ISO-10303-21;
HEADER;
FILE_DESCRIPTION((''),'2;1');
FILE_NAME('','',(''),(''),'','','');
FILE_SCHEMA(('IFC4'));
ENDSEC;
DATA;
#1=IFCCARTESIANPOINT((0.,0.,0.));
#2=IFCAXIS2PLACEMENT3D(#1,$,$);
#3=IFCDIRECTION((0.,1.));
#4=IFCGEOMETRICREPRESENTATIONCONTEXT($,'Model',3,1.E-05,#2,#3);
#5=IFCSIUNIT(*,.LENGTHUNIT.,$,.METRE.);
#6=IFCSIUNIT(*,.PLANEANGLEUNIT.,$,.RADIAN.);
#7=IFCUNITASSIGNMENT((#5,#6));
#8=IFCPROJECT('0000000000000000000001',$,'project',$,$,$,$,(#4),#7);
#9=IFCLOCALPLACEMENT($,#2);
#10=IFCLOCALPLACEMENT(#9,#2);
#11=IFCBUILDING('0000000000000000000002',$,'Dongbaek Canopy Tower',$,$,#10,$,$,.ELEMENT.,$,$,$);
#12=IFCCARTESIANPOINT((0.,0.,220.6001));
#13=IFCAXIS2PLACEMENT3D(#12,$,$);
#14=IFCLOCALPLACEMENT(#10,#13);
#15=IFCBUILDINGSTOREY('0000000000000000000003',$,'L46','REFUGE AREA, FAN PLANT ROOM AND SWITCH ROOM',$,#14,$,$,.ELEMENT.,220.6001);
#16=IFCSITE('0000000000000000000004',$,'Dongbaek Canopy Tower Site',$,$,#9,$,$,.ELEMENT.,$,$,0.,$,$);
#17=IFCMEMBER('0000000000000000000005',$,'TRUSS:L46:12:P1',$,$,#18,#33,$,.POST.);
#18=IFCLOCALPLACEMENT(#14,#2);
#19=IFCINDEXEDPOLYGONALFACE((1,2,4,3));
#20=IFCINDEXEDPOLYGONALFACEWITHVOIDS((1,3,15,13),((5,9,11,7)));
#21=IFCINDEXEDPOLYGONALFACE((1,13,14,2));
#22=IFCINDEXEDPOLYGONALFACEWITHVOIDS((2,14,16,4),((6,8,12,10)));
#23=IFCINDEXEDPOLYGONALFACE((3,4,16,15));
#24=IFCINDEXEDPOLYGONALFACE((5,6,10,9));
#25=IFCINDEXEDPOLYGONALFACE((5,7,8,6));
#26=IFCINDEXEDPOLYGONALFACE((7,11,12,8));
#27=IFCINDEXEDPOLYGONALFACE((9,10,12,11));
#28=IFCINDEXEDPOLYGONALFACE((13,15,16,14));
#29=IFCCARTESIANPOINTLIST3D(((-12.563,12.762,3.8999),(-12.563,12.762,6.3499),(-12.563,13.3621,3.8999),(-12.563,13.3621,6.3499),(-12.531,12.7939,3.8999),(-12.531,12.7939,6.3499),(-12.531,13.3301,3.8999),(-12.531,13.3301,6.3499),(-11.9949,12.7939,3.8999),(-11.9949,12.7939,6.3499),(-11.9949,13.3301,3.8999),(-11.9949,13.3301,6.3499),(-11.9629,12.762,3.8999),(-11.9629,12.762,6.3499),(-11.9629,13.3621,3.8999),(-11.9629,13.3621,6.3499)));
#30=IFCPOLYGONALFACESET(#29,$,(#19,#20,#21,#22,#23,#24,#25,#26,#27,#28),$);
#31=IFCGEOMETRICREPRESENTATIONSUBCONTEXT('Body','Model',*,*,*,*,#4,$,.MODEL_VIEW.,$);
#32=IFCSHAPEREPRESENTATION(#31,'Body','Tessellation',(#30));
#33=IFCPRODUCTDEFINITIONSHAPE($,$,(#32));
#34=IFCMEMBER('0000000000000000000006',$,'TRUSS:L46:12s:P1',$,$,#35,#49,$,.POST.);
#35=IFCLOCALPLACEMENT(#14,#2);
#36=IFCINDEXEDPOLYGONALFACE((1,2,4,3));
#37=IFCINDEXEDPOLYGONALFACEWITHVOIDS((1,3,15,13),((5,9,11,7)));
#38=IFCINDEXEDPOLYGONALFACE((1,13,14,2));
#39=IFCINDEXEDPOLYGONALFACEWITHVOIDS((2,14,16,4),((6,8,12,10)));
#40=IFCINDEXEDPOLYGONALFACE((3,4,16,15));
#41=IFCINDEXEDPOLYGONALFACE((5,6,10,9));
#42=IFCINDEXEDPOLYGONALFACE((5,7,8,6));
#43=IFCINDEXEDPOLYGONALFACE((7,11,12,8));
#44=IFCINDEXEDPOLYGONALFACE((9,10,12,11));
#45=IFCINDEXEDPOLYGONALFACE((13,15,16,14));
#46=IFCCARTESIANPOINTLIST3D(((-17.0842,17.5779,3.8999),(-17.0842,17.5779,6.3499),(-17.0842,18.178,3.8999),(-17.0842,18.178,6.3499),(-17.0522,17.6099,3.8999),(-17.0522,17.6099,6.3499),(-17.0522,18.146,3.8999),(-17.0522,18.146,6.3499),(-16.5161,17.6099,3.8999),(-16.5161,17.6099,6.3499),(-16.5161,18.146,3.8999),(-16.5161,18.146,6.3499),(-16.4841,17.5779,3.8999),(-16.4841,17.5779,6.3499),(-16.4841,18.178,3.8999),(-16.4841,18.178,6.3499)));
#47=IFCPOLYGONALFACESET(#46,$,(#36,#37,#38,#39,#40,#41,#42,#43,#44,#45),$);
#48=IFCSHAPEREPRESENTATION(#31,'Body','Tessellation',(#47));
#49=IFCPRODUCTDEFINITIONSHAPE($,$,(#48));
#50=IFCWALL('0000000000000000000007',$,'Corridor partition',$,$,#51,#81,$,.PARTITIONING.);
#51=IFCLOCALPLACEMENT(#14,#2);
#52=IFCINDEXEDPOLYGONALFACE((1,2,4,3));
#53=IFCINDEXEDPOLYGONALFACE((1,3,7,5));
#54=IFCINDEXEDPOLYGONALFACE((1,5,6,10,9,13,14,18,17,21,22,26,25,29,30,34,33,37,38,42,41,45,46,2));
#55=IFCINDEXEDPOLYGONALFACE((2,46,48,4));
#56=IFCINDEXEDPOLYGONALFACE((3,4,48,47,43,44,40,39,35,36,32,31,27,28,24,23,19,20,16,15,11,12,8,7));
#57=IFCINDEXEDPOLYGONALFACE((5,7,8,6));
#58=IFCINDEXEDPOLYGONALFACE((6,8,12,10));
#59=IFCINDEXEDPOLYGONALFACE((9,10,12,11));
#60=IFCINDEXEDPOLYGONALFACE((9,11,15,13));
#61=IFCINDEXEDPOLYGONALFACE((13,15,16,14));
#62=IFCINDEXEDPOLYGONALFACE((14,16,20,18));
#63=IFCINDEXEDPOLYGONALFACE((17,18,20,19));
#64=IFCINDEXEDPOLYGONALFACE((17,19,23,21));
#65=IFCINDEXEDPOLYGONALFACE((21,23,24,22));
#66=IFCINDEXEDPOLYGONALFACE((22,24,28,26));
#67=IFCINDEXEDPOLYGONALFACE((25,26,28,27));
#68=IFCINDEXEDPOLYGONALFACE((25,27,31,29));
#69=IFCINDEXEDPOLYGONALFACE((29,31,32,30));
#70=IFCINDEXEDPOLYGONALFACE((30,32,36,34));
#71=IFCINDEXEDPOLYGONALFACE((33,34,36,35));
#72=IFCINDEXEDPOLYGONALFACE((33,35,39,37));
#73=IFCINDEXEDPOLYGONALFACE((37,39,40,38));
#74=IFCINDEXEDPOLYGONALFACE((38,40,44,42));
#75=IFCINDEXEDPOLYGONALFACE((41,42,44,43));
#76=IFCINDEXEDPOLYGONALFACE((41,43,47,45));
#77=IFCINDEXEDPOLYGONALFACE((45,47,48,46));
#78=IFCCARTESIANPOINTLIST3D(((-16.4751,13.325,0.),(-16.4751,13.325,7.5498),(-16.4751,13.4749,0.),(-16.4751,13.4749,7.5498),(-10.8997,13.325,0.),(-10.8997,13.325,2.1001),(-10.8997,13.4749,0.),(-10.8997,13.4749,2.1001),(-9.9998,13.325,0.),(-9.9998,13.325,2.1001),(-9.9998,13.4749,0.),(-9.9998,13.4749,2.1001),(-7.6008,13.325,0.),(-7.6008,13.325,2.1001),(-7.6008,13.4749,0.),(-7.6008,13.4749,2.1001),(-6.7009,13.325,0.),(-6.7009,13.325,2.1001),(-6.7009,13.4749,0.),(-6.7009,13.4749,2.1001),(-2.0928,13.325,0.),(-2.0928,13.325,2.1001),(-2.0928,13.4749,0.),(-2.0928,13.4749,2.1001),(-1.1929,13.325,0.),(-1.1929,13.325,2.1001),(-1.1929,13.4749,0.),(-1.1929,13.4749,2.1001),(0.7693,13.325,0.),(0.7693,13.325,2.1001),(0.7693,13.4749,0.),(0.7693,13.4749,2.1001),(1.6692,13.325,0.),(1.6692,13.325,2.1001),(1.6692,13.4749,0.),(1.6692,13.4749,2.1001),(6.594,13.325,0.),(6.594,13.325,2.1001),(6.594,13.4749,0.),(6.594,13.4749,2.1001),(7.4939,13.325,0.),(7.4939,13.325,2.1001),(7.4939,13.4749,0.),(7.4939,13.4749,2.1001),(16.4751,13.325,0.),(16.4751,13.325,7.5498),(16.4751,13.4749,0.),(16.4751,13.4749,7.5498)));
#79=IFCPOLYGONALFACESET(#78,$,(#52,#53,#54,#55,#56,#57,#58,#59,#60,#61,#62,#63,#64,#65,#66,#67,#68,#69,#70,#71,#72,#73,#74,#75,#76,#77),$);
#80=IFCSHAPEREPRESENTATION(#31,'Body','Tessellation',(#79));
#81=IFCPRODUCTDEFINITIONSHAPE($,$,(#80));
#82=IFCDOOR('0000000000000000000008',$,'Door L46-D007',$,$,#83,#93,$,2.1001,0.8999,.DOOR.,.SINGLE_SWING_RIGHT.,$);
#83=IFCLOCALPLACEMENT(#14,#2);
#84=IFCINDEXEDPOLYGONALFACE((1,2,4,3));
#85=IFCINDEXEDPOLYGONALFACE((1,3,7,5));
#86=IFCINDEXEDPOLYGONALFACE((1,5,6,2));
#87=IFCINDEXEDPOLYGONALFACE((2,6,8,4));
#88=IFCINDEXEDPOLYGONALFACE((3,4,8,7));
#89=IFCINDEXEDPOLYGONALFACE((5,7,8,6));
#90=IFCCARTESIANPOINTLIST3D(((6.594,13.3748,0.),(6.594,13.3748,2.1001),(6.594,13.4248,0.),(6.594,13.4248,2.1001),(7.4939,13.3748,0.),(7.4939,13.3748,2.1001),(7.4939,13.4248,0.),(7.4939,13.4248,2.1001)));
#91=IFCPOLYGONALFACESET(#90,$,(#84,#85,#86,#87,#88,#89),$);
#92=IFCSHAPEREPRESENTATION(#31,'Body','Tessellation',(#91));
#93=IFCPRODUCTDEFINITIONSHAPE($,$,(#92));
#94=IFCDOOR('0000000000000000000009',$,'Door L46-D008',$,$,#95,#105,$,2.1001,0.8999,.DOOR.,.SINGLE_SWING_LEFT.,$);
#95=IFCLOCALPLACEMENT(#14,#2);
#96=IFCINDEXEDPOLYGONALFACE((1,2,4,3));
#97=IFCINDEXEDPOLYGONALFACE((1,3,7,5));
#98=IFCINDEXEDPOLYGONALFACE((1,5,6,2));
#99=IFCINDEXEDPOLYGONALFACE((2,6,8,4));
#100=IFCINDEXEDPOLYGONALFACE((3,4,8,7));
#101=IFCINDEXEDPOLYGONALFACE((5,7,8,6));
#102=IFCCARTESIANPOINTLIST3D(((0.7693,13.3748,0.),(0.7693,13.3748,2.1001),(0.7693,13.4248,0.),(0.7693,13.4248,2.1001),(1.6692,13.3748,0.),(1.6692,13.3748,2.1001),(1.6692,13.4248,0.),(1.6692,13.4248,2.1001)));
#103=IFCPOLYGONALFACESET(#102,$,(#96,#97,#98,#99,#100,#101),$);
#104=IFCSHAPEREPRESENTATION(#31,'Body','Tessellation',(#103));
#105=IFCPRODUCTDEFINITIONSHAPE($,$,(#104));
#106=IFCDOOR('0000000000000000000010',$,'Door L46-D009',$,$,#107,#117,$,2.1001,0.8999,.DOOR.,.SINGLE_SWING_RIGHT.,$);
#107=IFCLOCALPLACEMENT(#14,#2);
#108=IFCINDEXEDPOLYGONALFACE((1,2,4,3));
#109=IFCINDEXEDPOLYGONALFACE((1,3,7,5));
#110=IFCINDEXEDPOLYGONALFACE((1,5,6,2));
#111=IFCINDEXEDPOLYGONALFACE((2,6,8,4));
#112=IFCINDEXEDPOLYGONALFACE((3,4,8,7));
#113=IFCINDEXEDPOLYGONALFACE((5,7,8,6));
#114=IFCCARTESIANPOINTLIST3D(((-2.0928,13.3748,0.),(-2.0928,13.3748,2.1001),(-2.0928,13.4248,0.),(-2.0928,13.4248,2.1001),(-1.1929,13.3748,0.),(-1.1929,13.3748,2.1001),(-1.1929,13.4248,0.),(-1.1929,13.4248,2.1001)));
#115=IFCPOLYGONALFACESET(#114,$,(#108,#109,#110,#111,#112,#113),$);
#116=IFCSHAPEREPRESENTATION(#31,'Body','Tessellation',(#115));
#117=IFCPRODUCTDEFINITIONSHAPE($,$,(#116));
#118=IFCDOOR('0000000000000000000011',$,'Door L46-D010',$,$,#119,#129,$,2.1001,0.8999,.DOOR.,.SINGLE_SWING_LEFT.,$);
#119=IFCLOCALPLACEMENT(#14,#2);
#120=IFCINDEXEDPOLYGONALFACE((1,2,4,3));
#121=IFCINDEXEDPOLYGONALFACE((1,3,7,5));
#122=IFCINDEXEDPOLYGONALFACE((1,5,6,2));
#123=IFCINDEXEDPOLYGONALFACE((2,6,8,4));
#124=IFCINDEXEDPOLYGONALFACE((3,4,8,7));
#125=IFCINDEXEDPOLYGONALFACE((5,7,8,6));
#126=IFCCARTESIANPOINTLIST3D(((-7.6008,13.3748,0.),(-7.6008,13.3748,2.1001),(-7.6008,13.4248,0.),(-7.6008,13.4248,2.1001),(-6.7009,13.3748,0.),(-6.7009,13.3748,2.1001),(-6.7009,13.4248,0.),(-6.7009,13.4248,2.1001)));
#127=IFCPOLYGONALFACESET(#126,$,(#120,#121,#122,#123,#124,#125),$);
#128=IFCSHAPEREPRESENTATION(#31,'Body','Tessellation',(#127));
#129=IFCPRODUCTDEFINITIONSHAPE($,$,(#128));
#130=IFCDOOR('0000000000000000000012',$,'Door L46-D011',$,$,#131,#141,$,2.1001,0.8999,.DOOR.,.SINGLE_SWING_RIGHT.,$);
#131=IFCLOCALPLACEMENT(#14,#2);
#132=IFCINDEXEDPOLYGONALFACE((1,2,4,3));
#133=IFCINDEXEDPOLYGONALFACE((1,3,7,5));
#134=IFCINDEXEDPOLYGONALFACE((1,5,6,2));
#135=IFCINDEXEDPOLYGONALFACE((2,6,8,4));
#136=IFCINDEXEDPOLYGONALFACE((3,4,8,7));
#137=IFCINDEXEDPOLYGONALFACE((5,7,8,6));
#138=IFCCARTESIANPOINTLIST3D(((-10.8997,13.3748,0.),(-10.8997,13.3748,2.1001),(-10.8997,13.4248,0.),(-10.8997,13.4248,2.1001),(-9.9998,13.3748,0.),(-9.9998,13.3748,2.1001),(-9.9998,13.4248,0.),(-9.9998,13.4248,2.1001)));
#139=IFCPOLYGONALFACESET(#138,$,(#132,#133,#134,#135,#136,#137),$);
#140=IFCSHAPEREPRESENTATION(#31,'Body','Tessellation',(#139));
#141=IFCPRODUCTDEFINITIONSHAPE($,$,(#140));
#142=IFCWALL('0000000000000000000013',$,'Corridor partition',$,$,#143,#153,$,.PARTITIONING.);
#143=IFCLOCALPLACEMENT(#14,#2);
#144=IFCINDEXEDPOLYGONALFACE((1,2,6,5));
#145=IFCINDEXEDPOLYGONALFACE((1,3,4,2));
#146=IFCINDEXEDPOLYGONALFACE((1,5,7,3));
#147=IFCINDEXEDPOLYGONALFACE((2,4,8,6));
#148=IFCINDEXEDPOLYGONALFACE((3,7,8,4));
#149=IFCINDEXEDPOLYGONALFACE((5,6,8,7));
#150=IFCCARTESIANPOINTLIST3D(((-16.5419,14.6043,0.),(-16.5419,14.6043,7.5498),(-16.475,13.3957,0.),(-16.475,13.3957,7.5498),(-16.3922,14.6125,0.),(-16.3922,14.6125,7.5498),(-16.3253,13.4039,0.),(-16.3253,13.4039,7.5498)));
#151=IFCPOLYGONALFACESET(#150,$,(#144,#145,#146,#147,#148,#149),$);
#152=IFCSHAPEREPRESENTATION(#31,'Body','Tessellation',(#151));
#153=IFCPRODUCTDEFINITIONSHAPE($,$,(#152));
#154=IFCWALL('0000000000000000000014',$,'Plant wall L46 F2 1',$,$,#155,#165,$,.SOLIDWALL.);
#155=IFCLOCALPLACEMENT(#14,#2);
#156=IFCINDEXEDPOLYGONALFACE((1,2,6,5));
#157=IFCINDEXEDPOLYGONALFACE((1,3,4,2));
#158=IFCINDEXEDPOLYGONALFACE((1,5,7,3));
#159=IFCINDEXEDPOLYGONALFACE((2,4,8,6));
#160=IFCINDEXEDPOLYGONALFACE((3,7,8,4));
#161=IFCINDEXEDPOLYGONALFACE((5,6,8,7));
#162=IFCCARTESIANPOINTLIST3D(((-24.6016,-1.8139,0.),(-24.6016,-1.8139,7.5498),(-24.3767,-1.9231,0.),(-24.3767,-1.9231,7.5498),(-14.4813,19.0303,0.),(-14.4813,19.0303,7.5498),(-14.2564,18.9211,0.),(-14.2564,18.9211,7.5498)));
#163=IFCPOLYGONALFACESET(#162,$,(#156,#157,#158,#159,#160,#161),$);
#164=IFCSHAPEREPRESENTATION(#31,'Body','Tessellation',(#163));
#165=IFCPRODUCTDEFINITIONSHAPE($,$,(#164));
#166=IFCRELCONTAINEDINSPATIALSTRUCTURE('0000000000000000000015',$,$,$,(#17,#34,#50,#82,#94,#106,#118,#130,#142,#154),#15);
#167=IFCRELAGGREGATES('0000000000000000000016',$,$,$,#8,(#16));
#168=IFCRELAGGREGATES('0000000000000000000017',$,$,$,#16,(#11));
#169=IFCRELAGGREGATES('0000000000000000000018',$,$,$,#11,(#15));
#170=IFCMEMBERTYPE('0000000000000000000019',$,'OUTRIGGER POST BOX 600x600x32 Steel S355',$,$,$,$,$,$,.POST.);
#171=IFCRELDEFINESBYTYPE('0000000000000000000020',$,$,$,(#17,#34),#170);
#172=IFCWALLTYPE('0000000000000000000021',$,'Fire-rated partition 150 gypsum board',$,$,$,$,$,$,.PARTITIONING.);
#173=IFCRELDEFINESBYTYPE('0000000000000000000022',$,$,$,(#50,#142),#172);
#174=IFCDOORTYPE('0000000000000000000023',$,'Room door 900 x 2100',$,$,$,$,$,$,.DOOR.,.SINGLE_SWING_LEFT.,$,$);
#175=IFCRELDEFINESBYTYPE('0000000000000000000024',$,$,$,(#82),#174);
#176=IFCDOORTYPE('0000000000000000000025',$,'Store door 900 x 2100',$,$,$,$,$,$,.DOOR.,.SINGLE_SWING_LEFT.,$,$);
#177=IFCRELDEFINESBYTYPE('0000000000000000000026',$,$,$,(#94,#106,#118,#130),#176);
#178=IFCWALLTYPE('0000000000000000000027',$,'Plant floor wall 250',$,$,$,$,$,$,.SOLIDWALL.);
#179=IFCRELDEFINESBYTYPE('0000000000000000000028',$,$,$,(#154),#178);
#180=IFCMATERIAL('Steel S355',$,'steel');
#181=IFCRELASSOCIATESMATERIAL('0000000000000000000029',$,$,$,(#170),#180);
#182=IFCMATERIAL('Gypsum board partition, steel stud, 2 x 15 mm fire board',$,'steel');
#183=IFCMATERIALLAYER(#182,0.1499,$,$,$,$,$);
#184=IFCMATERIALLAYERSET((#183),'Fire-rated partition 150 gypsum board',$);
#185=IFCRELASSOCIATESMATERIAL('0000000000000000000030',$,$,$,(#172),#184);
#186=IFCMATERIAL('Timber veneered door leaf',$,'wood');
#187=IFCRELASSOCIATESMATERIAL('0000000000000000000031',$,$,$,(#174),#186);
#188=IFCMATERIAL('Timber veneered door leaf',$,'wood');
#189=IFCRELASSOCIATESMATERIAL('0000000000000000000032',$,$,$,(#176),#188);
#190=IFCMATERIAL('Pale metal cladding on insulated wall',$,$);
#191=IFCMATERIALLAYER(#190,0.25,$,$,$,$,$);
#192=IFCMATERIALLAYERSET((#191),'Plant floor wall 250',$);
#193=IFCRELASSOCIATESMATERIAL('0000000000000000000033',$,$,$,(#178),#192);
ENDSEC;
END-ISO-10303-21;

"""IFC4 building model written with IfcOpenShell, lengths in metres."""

from ifc_helpers import new_model, si_unit, direction, frame, frame_2d, origin, origin_2d, place, context, subcontext, project, spatial, rectangle, hollow_rectangle, extrude, material, layer, layer_set, material_profile, profile_set, type_object, element, fill, save


model = new_model("IFC4")

# Units and contexts
model_context = context("Model", 3, precision=1e-05, world=origin(), true_north=direction((0.0, 1.0)))
body_context = subcontext(model_context, "Body", "Model", "MODEL_VIEW")
ifc_project = project(units=[si_unit("LENGTHUNIT", "METRE"), si_unit("PLANEANGLEUNIT", "RADIAN")], contexts=[model_context])

# Site, building, storey
site_placement = place(None, origin())
site = spatial("IfcSite", under=ifc_project, at=site_placement, Name="Dongbaek Canopy Tower Site", CompositionType="ELEMENT", RefElevation=0.0)
building_placement = place(site_placement, origin())
building = spatial("IfcBuilding", under=site, at=building_placement, Name="Dongbaek Canopy Tower", CompositionType="ELEMENT")
storey_placement = place(building_placement, frame((0.0, 0.0, 220.6001)))
storey = spatial("IfcBuildingStorey", under=building, at=storey_placement, Name="L46", Description="REFUGE AREA, FAN PLANT ROOM AND SWITCH ROOM", CompositionType="ELEMENT", Elevation=220.6001)

# Members
ifc_material_1 = material(Name="Steel S355", Category="steel")
ifc_material_profile_1 = material_profile(ifc_material_1, hollow_rectangle(XDim=0.6001, YDim=0.6001, WallThickness=0.032, at=origin_2d()), Name="OUTRIGGER POST BOX 600x600x32 Steel S355")
ifc_profile_set_1 = profile_set([ifc_material_profile_1], Name="Steel S355")
member_type_1 = type_object("IfcMemberType", Name="OUTRIGGER POST BOX 600x600x32 Steel S355", PredefinedType="POST", material=ifc_profile_set_1)
for number, where, z_axis, x_axis, name in (
    (1, (-12.2629, 13.062, 3.8999), (0.0, 0.0, 1.0), (1.0, 0.0, 0.0), "TRUSS:L46:12:P1"),
    (2, (-16.7842, 17.8779, 3.8999), (0.0, 0.0, 1.0), (1.0, 0.0, 0.0), "TRUSS:L46:12s:P1"),
):
    element("IfcMember", number, at=place(storey_placement, frame(where, z_axis=z_axis, x_axis=x_axis)), inside=storey, type_object=member_type_1, Name=name, PredefinedType="POST", context=body_context, shape_type="SweptSolid", body=[
        extrude(hollow_rectangle(XDim=0.6001, YDim=0.6001, WallThickness=0.032, at=origin_2d()), origin(), (0.0, 0.0, 1.0), 2.45),
    ])

# Wall, openings, doors
ifc_material_2 = material(Name="Gypsum board partition, steel stud, 2 x 15 mm fire board", Category="steel")
ifc_layer_1 = layer(ifc_material_2, 0.1499)
ifc_layer_set_1 = layer_set([ifc_layer_1], Name="Fire-rated partition 150 gypsum board")
wall_type_1 = type_object("IfcWallType", Name="Fire-rated partition 150 gypsum board", PredefinedType="PARTITIONING", material=ifc_layer_set_1)
wall_1_placement = place(storey_placement, frame((-16.4751, 13.3999, 0.0), z_axis=(0.0, 0.0, 1.0), x_axis=(1.0, 0.0, 0.0)))
wall_1 = element("IfcWall", 3, at=wall_1_placement, inside=storey, type_object=wall_type_1, Name="Corridor partition", PredefinedType="PARTITIONING", context=body_context, shape_type="SweptSolid", body=[
    extrude(rectangle(XDim=32.9502, YDim=0.1499, at=frame_2d((16.4751, 0.0))), origin(), (0.0, 0.0, 1.0), 7.5498),
])
opening_1_placement = place(wall_1_placement, frame((23.0691, 0.0, 0.0)))
opening_1 = element("IfcOpeningElement", 4, at=opening_1_placement, cuts=wall_1, PredefinedType="OPENING", context=body_context, shape_type="SweptSolid", body=[
    extrude(rectangle(XDim=0.8999, YDim=2.1001, at=frame_2d((0.45, 1.05))), frame((0.0, 0.085, 0.0), z_axis=(0.0, -1.0, 0.0), x_axis=(1.0, 0.0, 0.0)), (0.0, 0.0, 1.0), 0.1699),
])
opening_2_placement = place(wall_1_placement, frame((17.2444, 0.0, 0.0)))
opening_2 = element("IfcOpeningElement", 5, at=opening_2_placement, cuts=wall_1, PredefinedType="OPENING", context=body_context, shape_type="SweptSolid", body=[
    extrude(rectangle(XDim=0.8999, YDim=2.1001, at=frame_2d((0.45, 1.05))), frame((0.0, 0.085, 0.0), z_axis=(0.0, -1.0, 0.0), x_axis=(1.0, 0.0, 0.0)), (0.0, 0.0, 1.0), 0.1699),
])
opening_3_placement = place(wall_1_placement, frame((14.3823, 0.0, 0.0)))
opening_3 = element("IfcOpeningElement", 6, at=opening_3_placement, cuts=wall_1, PredefinedType="OPENING", context=body_context, shape_type="SweptSolid", body=[
    extrude(rectangle(XDim=0.8999, YDim=2.1001, at=frame_2d((0.45, 1.05))), frame((0.0, 0.085, 0.0), z_axis=(0.0, -1.0, 0.0), x_axis=(1.0, 0.0, 0.0)), (0.0, 0.0, 1.0), 0.1699),
])
opening_4_placement = place(wall_1_placement, frame((8.8743, 0.0, 0.0)))
opening_4 = element("IfcOpeningElement", 7, at=opening_4_placement, cuts=wall_1, PredefinedType="OPENING", context=body_context, shape_type="SweptSolid", body=[
    extrude(rectangle(XDim=0.8999, YDim=2.1001, at=frame_2d((0.45, 1.05))), frame((0.0, 0.085, 0.0), z_axis=(0.0, -1.0, 0.0), x_axis=(1.0, 0.0, 0.0)), (0.0, 0.0, 1.0), 0.1699),
])
opening_5_placement = place(wall_1_placement, frame((5.5754, 0.0, 0.0)))
opening_5 = element("IfcOpeningElement", 8, at=opening_5_placement, cuts=wall_1, PredefinedType="OPENING", context=body_context, shape_type="SweptSolid", body=[
    extrude(rectangle(XDim=0.8999, YDim=2.1001, at=frame_2d((0.45, 1.05))), frame((0.0, 0.085, 0.0), z_axis=(0.0, -1.0, 0.0), x_axis=(1.0, 0.0, 0.0)), (0.0, 0.0, 1.0), 0.1699),
])
ifc_material_3 = material(Name="Timber veneered door leaf", Category="wood")
door_type_1 = type_object("IfcDoorType", Name="Room door 900 x 2100", OperationType="SINGLE_SWING_LEFT", PredefinedType="DOOR", material=ifc_material_3)
door_1_placement = place(opening_1_placement, origin())
door_1 = element("IfcDoor", 9, at=door_1_placement, inside=storey, type_object=door_type_1, Name="Door L46-D007", OperationType="SINGLE_SWING_RIGHT", OverallHeight=2.1001, OverallWidth=0.8999, PredefinedType="DOOR", context=body_context, shape_type="SweptSolid", body=[
    extrude(rectangle(XDim=0.8999, YDim=2.1001, at=frame_2d((0.45, 1.05))), frame((0.0, 0.0249, 0.0), z_axis=(0.0, -1.0, 0.0), x_axis=(1.0, 0.0, 0.0)), (0.0, 0.0, 1.0), 0.05),
])
fill(opening_1, door_1)
ifc_material_4 = material(Name="Timber veneered door leaf", Category="wood")
door_type_2 = type_object("IfcDoorType", Name="Store door 900 x 2100", OperationType="SINGLE_SWING_LEFT", PredefinedType="DOOR", material=ifc_material_4)
door_2_placement = place(opening_2_placement, origin())
door_2 = element("IfcDoor", 10, at=door_2_placement, inside=storey, type_object=door_type_2, Name="Door L46-D008", OperationType="SINGLE_SWING_LEFT", OverallHeight=2.1001, OverallWidth=0.8999, PredefinedType="DOOR", context=body_context, shape_type="SweptSolid", body=[
    extrude(rectangle(XDim=0.8999, YDim=2.1001, at=frame_2d((0.45, 1.05))), frame((0.0, 0.0249, 0.0), z_axis=(0.0, -1.0, 0.0), x_axis=(1.0, 0.0, 0.0)), (0.0, 0.0, 1.0), 0.05),
])
fill(opening_2, door_2)
door_3_placement = place(opening_3_placement, origin())
door_3 = element("IfcDoor", 11, at=door_3_placement, inside=storey, type_object=door_type_2, Name="Door L46-D009", OperationType="SINGLE_SWING_RIGHT", OverallHeight=2.1001, OverallWidth=0.8999, PredefinedType="DOOR", context=body_context, shape_type="SweptSolid", body=[
    extrude(rectangle(XDim=0.8999, YDim=2.1001, at=frame_2d((0.45, 1.05))), frame((0.0, 0.0249, 0.0), z_axis=(0.0, -1.0, 0.0), x_axis=(1.0, 0.0, 0.0)), (0.0, 0.0, 1.0), 0.05),
])
fill(opening_3, door_3)
door_4_placement = place(opening_4_placement, origin())
door_4 = element("IfcDoor", 12, at=door_4_placement, inside=storey, type_object=door_type_2, Name="Door L46-D010", OperationType="SINGLE_SWING_LEFT", OverallHeight=2.1001, OverallWidth=0.8999, PredefinedType="DOOR", context=body_context, shape_type="SweptSolid", body=[
    extrude(rectangle(XDim=0.8999, YDim=2.1001, at=frame_2d((0.45, 1.05))), frame((0.0, 0.0249, 0.0), z_axis=(0.0, -1.0, 0.0), x_axis=(1.0, 0.0, 0.0)), (0.0, 0.0, 1.0), 0.05),
])
fill(opening_4, door_4)
door_5_placement = place(opening_5_placement, origin())
door_5 = element("IfcDoor", 13, at=door_5_placement, inside=storey, type_object=door_type_2, Name="Door L46-D011", OperationType="SINGLE_SWING_RIGHT", OverallHeight=2.1001, OverallWidth=0.8999, PredefinedType="DOOR", context=body_context, shape_type="SweptSolid", body=[
    extrude(rectangle(XDim=0.8999, YDim=2.1001, at=frame_2d((0.45, 1.05))), frame((0.0, 0.0249, 0.0), z_axis=(0.0, -1.0, 0.0), x_axis=(1.0, 0.0, 0.0)), (0.0, 0.0, 1.0), 0.05),
])
fill(opening_5, door_5)

# Walls
wall_2_placement = place(storey_placement, frame((-16.467, 14.6084, 0.0), z_axis=(0.0, 0.0, 1.0), x_axis=(0.055269, -0.998472, 0.0)))
element("IfcWall", 14, at=wall_2_placement, inside=storey, type_object=wall_type_1, Name="Corridor partition", PredefinedType="PARTITIONING", context=body_context, shape_type="SweptSolid", body=[
    extrude(rectangle(XDim=1.2104, YDim=0.1499, at=frame_2d((0.6052, 0.0))), origin(), (0.0, 0.0, 1.0), 7.5498),
])
ifc_material_5 = material(Name="Pale metal cladding on insulated wall")
ifc_layer_2 = layer(ifc_material_5, 0.25)
ifc_layer_set_2 = layer_set([ifc_layer_2], Name="Plant floor wall 250")
wall_type_2 = type_object("IfcWallType", Name="Plant floor wall 250", PredefinedType="SOLIDWALL", material=ifc_layer_set_2)
wall_3_placement = place(storey_placement, frame((-14.3689, 18.9756, 0.0), z_axis=(0.0, 0.0, 1.0), x_axis=(-0.436765, -0.899576, 0.0)))
element("IfcWall", 15, at=wall_3_placement, inside=storey, type_object=wall_type_2, Name="Plant wall L46 F2 1", PredefinedType="SOLIDWALL", context=body_context, shape_type="SweptSolid", body=[
    extrude(rectangle(XDim=23.1711, YDim=0.25, at=frame_2d((11.5854, 0.0))), origin(), (0.0, 0.0, 1.0), 7.5498),
])

save(model, "model.ifc")
